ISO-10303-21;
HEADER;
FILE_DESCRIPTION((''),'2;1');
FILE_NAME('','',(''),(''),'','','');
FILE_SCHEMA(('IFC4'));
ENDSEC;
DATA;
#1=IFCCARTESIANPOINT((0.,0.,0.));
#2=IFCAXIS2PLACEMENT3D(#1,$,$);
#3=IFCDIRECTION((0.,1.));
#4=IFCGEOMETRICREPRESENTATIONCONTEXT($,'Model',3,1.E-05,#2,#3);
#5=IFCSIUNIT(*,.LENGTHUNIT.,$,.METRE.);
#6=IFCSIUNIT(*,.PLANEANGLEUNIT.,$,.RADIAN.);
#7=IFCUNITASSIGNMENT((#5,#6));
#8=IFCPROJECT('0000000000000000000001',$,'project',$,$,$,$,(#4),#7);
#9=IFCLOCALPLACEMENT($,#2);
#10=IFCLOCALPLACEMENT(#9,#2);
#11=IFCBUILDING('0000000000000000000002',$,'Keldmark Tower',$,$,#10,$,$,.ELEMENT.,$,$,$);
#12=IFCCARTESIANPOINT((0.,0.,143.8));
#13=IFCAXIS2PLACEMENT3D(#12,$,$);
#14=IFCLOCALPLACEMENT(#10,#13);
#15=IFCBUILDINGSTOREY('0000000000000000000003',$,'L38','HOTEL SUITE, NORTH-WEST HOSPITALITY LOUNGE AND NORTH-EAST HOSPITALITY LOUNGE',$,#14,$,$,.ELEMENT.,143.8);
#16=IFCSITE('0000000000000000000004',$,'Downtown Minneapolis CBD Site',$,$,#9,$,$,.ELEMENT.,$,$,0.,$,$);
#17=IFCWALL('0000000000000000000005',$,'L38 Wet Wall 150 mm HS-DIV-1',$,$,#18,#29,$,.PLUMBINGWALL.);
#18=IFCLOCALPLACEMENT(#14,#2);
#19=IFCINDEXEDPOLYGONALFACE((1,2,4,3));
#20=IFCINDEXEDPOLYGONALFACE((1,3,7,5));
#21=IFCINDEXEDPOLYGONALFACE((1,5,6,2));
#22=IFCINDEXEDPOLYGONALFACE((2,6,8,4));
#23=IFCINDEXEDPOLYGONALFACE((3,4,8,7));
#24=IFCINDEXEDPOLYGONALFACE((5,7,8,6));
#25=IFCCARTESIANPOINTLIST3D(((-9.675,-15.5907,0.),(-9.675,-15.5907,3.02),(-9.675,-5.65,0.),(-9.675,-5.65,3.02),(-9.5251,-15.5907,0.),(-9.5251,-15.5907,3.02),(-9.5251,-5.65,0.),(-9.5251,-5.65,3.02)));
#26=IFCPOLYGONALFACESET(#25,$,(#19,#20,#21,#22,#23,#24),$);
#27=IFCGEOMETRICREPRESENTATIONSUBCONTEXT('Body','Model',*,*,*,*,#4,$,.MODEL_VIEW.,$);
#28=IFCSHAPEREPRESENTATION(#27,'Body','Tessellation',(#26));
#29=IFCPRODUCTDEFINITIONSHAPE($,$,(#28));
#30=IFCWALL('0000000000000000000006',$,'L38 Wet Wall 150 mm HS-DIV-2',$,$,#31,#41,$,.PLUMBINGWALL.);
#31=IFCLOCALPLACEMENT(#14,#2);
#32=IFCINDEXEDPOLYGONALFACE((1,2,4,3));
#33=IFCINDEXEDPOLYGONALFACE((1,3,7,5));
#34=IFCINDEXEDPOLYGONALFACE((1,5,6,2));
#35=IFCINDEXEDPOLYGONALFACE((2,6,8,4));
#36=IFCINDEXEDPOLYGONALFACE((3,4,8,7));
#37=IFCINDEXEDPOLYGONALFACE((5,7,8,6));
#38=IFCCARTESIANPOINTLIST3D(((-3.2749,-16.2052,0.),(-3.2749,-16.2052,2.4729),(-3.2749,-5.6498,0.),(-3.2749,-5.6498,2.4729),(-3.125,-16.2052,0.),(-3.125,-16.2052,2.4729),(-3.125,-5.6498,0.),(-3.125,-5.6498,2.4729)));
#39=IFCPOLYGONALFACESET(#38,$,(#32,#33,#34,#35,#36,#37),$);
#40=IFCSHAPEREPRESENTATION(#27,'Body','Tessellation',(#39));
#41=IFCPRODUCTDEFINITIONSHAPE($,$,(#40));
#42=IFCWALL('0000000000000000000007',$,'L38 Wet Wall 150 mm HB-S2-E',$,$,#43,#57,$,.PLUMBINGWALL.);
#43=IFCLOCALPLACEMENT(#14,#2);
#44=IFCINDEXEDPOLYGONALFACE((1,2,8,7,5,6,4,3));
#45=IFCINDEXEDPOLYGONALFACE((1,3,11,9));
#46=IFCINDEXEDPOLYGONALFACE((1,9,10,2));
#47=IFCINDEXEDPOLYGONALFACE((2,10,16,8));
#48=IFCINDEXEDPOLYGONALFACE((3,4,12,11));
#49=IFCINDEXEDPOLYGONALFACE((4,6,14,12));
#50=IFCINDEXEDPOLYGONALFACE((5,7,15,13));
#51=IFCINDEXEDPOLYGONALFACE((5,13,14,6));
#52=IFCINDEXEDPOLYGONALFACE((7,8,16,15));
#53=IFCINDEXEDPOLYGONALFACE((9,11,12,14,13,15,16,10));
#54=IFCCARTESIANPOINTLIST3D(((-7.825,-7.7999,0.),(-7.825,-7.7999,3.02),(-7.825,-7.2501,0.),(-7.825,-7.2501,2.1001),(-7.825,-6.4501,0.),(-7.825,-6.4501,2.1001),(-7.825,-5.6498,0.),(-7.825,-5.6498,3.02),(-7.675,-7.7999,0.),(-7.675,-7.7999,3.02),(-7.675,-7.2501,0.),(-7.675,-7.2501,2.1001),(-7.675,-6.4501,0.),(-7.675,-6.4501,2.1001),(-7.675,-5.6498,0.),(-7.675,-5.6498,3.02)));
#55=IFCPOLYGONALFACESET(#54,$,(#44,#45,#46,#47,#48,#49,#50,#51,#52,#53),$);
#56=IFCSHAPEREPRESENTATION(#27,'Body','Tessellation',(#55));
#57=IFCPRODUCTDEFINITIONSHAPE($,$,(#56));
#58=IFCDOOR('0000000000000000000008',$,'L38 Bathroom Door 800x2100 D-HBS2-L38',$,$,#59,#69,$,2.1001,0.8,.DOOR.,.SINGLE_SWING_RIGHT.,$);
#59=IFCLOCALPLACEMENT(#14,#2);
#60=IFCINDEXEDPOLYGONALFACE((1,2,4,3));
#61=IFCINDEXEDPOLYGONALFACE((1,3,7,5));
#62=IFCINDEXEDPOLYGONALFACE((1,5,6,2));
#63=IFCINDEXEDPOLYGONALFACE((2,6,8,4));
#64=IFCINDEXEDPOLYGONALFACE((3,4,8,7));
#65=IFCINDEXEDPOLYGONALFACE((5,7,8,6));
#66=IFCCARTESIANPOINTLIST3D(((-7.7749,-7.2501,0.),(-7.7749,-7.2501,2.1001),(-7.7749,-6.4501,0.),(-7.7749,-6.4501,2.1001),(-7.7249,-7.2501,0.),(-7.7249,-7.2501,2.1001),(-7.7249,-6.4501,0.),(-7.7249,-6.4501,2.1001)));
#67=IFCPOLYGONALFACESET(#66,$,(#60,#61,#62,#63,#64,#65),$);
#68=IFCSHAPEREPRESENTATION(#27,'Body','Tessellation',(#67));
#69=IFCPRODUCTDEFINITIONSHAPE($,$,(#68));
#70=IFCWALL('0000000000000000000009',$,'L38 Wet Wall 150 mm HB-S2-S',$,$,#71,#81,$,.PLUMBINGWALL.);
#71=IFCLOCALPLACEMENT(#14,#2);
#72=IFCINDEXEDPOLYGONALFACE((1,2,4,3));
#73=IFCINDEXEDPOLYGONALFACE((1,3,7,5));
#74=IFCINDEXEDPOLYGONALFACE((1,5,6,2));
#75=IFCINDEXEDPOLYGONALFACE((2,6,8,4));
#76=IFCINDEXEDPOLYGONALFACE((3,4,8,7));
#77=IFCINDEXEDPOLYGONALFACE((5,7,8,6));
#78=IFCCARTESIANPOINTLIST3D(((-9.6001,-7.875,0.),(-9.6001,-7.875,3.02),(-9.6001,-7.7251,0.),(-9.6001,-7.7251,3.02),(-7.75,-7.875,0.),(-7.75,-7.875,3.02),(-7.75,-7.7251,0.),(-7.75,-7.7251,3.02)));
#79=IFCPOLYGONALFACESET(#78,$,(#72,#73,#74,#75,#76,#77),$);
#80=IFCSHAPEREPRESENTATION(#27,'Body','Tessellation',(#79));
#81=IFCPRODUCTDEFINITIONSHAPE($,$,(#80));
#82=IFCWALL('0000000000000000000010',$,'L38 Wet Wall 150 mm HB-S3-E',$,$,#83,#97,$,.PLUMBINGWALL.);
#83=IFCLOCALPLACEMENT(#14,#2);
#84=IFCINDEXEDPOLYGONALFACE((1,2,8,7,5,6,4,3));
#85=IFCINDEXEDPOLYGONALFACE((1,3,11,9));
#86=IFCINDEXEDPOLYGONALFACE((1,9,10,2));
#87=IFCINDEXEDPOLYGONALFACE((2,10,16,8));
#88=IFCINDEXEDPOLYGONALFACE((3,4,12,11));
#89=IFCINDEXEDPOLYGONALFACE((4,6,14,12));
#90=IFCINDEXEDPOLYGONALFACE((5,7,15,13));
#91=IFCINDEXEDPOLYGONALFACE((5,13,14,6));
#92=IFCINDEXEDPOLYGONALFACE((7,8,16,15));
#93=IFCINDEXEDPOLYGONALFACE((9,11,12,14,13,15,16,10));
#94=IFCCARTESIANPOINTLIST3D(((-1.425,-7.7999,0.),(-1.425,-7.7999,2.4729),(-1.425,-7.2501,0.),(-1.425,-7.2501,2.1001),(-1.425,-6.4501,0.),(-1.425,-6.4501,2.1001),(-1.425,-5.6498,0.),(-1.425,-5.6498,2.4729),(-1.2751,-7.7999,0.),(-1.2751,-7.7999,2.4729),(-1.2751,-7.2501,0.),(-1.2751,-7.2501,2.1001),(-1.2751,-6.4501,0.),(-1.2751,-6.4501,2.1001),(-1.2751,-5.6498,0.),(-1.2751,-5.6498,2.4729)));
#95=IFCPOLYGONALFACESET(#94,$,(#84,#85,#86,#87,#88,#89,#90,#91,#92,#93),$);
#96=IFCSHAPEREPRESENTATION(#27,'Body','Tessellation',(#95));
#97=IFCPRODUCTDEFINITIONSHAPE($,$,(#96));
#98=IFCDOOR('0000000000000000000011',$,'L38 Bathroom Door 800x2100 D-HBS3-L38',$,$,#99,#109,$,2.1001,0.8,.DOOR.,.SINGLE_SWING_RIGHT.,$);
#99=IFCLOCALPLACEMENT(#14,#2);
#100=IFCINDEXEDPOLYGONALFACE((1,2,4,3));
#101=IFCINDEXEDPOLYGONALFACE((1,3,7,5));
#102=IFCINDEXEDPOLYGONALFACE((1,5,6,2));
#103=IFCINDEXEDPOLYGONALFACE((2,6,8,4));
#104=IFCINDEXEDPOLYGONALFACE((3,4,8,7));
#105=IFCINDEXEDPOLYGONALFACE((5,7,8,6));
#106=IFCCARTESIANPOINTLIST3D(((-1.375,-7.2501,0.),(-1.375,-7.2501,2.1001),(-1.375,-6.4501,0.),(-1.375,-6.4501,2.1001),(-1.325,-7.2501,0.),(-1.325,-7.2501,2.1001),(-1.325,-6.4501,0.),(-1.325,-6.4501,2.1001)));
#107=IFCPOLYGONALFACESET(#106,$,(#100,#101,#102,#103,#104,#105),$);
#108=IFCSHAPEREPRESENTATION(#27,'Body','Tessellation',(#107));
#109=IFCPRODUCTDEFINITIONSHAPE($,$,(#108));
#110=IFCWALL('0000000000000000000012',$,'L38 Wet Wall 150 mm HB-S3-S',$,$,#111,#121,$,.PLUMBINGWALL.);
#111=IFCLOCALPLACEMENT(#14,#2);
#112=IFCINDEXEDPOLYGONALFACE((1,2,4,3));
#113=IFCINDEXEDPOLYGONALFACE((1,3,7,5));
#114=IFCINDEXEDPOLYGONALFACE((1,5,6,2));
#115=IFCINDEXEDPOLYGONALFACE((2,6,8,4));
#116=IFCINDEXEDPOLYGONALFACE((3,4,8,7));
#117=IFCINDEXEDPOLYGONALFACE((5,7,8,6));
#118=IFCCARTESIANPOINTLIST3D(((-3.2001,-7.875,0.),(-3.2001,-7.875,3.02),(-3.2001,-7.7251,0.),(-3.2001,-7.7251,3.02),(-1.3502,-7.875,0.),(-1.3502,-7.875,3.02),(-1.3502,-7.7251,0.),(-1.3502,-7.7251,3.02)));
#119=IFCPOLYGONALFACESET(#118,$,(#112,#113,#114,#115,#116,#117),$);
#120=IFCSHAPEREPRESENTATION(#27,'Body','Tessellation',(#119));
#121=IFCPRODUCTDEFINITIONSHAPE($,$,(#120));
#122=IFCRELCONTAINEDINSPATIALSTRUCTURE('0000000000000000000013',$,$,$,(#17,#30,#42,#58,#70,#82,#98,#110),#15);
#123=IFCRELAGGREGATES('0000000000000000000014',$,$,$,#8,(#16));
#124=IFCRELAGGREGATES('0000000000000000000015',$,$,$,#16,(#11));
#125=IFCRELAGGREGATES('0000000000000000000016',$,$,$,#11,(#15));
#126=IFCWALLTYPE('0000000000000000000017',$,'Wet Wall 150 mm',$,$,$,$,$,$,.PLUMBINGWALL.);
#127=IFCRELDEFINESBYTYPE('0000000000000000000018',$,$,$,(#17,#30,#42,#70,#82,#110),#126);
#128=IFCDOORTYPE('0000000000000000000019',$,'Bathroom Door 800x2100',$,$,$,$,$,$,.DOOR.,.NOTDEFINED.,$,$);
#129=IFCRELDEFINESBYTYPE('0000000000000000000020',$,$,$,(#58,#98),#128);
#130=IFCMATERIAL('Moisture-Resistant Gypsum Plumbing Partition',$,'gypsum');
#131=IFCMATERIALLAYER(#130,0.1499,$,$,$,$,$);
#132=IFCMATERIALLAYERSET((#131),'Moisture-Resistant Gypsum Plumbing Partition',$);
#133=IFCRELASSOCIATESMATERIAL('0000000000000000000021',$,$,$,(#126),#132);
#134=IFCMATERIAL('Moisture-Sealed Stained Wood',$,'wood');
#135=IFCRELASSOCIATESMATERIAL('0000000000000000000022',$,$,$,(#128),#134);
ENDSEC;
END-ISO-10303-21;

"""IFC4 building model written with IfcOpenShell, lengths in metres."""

from ifc_helpers import new_model, si_unit, direction, frame, frame_2d, origin, place, context, subcontext, project, spatial, rectangle, extrude, material, layer, layer_set, type_object, element, fill, save


model = new_model("IFC4")

# Units and contexts
model_context = context("Model", 3, precision=1e-05, world=origin(), true_north=direction((0.0, 1.0)))
body_context = subcontext(model_context, "Body", "Model", "MODEL_VIEW")
ifc_project = project(units=[si_unit("LENGTHUNIT", "METRE"), si_unit("PLANEANGLEUNIT", "RADIAN")], contexts=[model_context])

# Site, building, storey
site_placement = place(None, origin())
site = spatial("IfcSite", under=ifc_project, at=site_placement, Name="Downtown Minneapolis CBD Site", CompositionType="ELEMENT", RefElevation=0.0)
building_placement = place(site_placement, origin())
building = spatial("IfcBuilding", under=site, at=building_placement, Name="Keldmark Tower", CompositionType="ELEMENT")
storey_placement = place(building_placement, frame((0.0, 0.0, 143.8)))
storey = spatial("IfcBuildingStorey", under=building, at=storey_placement, Name="L38", Description="HOTEL SUITE, NORTH-WEST HOSPITALITY LOUNGE AND NORTH-EAST HOSPITALITY LOUNGE", CompositionType="ELEMENT", Elevation=143.8)

# Walls
ifc_material_1 = material(Name="Moisture-Resistant Gypsum Plumbing Partition", Category="gypsum")
ifc_layer_1 = layer(ifc_material_1, 0.1499)
ifc_layer_set_1 = layer_set([ifc_layer_1], Name="Moisture-Resistant Gypsum Plumbing Partition")
wall_type_1 = type_object("IfcWallType", Name="Wet Wall 150 mm", PredefinedType="PLUMBINGWALL", material=ifc_layer_set_1)
wall_1_placement = place(storey_placement, frame((-9.6001, -15.5906, 0.0), z_axis=(0.0, 0.0, 1.0), x_axis=(0.0, 1.0, 0.0)))
element("IfcWall", 1, at=wall_1_placement, inside=storey, type_object=wall_type_1, Name="L38 Wet Wall 150 mm HS-DIV-1", PredefinedType="PLUMBINGWALL", context=body_context, shape_type="SweptSolid", body=[
    extrude(rectangle(XDim=9.9407, YDim=0.1499, at=frame_2d((4.9702, 0.0))), origin(), (0.0, 0.0, 1.0), 3.02),
])
wall_2_placement = place(storey_placement, frame((-3.2, -16.2053, 0.0), z_axis=(0.0, 0.0, 1.0), x_axis=(0.0, 1.0, 0.0)))
element("IfcWall", 2, at=wall_2_placement, inside=storey, type_object=wall_type_1, Name="L38 Wet Wall 150 mm HS-DIV-2", PredefinedType="PLUMBINGWALL", context=body_context, shape_type="SweptSolid", body=[
    extrude(rectangle(XDim=10.5554, YDim=0.1499, at=frame_2d((5.2778, 0.0))), origin(), (0.0, 0.0, 1.0), 2.4729),
])

# Wall, opening, door
wall_3_placement = place(storey_placement, frame((-7.75, -7.8, 0.0), z_axis=(0.0, 0.0, 1.0), x_axis=(0.0, 1.0, 0.0)))
wall_3 = element("IfcWall", 3, at=wall_3_placement, inside=storey, type_object=wall_type_1, Name="L38 Wet Wall 150 mm HB-S2-E", PredefinedType="PLUMBINGWALL", context=body_context, shape_type="SweptSolid", body=[
    extrude(rectangle(XDim=2.1501, YDim=0.1499, at=frame_2d((1.0752, 0.0))), origin(), (0.0, 0.0, 1.0), 3.02),
])
opening_1_placement = place(wall_3_placement, frame((0.55, 0.0, 0.0)))
opening_1 = element("IfcOpeningElement", 4, at=opening_1_placement, cuts=wall_3, PredefinedType="OPENING", context=body_context, shape_type="SweptSolid", body=[
    extrude(rectangle(XDim=0.8, YDim=2.1001, at=frame_2d((0.3999, 1.05))), frame((0.0, 0.085, 0.0), z_axis=(0.0, -1.0, 0.0), x_axis=(1.0, 0.0, 0.0)), (0.0, 0.0, 1.0), 0.1699),
])
ifc_material_2 = material(Name="Moisture-Sealed Stained Wood", Category="wood")
door_type = type_object("IfcDoorType", Name="Bathroom Door 800x2100", OperationType="NOTDEFINED", PredefinedType="DOOR", material=ifc_material_2)
door_1_placement = place(opening_1_placement, origin())
door_1 = element("IfcDoor", 5, at=door_1_placement, inside=storey, type_object=door_type, Name="L38 Bathroom Door 800x2100 D-HBS2-L38", OperationType="SINGLE_SWING_RIGHT", OverallHeight=2.1001, OverallWidth=0.8, PredefinedType="DOOR", context=body_context, shape_type="SweptSolid", body=[
    extrude(rectangle(XDim=0.8, YDim=2.1001, at=frame_2d((0.3999, 1.05))), frame((0.0, 0.0249, 0.0), z_axis=(0.0, -1.0, 0.0), x_axis=(1.0, 0.0, 0.0)), (0.0, 0.0, 1.0), 0.05),
])
fill(opening_1, door_1)

# Wall
wall_4_placement = place(storey_placement, frame((-9.6001, -7.8, 0.0), z_axis=(0.0, 0.0, 1.0), x_axis=(1.0, 0.0, 0.0)))
element("IfcWall", 6, at=wall_4_placement, inside=storey, type_object=wall_type_1, Name="L38 Wet Wall 150 mm HB-S2-S", PredefinedType="PLUMBINGWALL", context=body_context, shape_type="SweptSolid", body=[
    extrude(rectangle(XDim=1.8501, YDim=0.1499, at=frame_2d((0.925, 0.0))), origin(), (0.0, 0.0, 1.0), 3.02),
])

# Wall, opening, door
wall_5_placement = place(storey_placement, frame((-1.3501, -7.8, 0.0), z_axis=(0.0, 0.0, 1.0), x_axis=(0.0, 1.0, 0.0)))
wall_5 = element("IfcWall", 7, at=wall_5_placement, inside=storey, type_object=wall_type_1, Name="L38 Wet Wall 150 mm HB-S3-E", PredefinedType="PLUMBINGWALL", context=body_context, shape_type="SweptSolid", body=[
    extrude(rectangle(XDim=2.1501, YDim=0.1499, at=frame_2d((1.0752, 0.0))), origin(), (0.0, 0.0, 1.0), 2.4729),
])
opening_2_placement = place(wall_5_placement, frame((0.55, 0.0, 0.0)))
opening_2 = element("IfcOpeningElement", 8, at=opening_2_placement, cuts=wall_5, PredefinedType="OPENING", context=body_context, shape_type="SweptSolid", body=[
    extrude(rectangle(XDim=0.8, YDim=2.1001, at=frame_2d((0.3999, 1.05))), frame((0.0, 0.085, 0.0), z_axis=(0.0, -1.0, 0.0), x_axis=(1.0, 0.0, 0.0)), (0.0, 0.0, 1.0), 0.1699),
])
door_2_placement = place(opening_2_placement, origin())
door_2 = element("IfcDoor", 9, at=door_2_placement, inside=storey, type_object=door_type, Name="L38 Bathroom Door 800x2100 D-HBS3-L38", OperationType="SINGLE_SWING_RIGHT", OverallHeight=2.1001, OverallWidth=0.8, PredefinedType="DOOR", context=body_context, shape_type="SweptSolid", body=[
    extrude(rectangle(XDim=0.8, YDim=2.1001, at=frame_2d((0.3999, 1.05))), frame((0.0, 0.0249, 0.0), z_axis=(0.0, -1.0, 0.0), x_axis=(1.0, 0.0, 0.0)), (0.0, 0.0, 1.0), 0.05),
])
fill(opening_2, door_2)

# Wall
wall_6_placement = place(storey_placement, frame((-3.2, -7.8, 0.0), z_axis=(0.0, 0.0, 1.0), x_axis=(1.0, 0.0, 0.0)))
element("IfcWall", 10, at=wall_6_placement, inside=storey, type_object=wall_type_1, Name="L38 Wet Wall 150 mm HB-S3-S", PredefinedType="PLUMBINGWALL", context=body_context, shape_type="SweptSolid", body=[
    extrude(rectangle(XDim=1.8499, YDim=0.1499, at=frame_2d((0.9248, 0.0))), origin(), (0.0, 0.0, 1.0), 3.02),
])

save(model, "model.ifc")
